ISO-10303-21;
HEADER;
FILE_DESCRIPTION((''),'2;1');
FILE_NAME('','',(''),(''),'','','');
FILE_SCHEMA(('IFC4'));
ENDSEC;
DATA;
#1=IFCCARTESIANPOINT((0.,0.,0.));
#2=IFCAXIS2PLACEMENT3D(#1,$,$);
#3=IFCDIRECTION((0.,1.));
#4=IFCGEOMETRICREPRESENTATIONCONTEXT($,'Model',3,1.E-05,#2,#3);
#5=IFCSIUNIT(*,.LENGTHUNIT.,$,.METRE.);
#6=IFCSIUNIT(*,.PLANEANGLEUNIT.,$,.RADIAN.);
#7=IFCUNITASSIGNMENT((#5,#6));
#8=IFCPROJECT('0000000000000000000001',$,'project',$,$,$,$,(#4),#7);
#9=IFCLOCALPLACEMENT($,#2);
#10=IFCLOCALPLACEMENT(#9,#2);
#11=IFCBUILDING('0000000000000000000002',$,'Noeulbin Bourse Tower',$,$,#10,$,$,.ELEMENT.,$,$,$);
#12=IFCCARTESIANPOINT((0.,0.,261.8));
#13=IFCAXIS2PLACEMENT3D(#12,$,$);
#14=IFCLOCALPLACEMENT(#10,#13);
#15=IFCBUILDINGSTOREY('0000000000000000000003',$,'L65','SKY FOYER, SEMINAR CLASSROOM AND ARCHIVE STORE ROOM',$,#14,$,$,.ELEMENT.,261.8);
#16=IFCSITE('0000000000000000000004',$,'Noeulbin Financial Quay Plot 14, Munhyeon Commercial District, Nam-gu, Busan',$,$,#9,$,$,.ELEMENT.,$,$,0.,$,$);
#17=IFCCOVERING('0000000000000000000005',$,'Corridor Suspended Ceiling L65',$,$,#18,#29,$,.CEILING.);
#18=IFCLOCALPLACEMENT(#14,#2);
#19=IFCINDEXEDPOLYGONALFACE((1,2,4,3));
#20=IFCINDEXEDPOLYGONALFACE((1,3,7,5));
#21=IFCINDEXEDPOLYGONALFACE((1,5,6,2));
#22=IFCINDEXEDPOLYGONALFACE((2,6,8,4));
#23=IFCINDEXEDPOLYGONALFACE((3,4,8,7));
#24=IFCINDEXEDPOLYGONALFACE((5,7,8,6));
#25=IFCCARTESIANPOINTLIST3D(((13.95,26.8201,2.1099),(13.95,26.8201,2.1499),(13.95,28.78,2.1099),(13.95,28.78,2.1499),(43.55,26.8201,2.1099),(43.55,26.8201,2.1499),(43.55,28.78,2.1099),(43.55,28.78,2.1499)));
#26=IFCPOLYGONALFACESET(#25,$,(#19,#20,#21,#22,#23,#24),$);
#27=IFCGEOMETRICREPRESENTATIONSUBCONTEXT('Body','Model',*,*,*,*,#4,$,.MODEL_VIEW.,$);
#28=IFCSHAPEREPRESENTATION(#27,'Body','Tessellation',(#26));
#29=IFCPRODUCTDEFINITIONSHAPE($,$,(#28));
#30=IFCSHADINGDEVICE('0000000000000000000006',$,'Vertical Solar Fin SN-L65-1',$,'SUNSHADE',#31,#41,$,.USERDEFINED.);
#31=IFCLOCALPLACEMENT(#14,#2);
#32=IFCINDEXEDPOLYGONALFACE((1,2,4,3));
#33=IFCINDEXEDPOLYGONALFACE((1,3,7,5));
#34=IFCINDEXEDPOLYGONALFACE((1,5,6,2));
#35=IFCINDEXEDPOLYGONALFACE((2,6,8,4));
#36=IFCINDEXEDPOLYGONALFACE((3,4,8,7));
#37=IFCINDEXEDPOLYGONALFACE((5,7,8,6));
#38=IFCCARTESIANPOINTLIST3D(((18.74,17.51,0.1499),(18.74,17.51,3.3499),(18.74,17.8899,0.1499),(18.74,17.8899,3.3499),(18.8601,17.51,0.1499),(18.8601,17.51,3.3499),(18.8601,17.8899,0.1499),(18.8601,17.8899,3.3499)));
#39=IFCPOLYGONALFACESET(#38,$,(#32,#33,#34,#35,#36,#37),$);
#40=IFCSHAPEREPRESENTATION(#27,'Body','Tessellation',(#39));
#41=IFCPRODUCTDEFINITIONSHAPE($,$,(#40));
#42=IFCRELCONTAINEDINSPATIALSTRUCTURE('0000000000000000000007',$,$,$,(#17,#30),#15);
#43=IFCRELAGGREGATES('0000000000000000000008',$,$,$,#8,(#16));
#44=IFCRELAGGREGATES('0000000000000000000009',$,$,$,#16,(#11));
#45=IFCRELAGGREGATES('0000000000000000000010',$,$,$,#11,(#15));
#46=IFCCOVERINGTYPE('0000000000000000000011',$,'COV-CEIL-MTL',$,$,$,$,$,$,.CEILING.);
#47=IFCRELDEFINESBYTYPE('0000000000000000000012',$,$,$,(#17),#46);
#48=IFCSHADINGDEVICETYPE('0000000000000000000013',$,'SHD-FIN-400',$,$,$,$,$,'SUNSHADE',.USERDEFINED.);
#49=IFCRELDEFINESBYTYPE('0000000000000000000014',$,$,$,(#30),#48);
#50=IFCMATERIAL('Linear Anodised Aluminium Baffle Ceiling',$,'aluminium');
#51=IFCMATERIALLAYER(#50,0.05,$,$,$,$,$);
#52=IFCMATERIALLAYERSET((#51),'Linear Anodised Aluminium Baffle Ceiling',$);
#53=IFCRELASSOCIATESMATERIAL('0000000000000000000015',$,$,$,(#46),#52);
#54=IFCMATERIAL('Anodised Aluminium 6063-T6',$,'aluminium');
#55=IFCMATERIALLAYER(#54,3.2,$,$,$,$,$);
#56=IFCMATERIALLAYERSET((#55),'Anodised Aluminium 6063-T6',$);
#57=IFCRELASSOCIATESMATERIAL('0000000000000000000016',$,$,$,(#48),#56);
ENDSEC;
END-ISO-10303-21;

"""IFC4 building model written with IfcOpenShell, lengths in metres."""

from ifc_helpers import new_model, si_unit, direction, frame, origin, origin_2d, place, context, subcontext, project, spatial, polyline, rectangle, outline, extrude, material, layer, layer_set, type_object, element, save


model = new_model("IFC4")

# Units and contexts
model_context = context("Model", 3, precision=1e-05, world=origin(), true_north=direction((0.0, 1.0)))
body_context = subcontext(model_context, "Body", "Model", "MODEL_VIEW")
ifc_project = project(units=[si_unit("LENGTHUNIT", "METRE"), si_unit("PLANEANGLEUNIT", "RADIAN")], contexts=[model_context])

# Site, building, storey
site_placement = place(None, origin())
site = spatial("IfcSite", under=ifc_project, at=site_placement, Name="Noeulbin Financial Quay Plot 14, Munhyeon Commercial District, Nam-gu, Busan", CompositionType="ELEMENT", RefElevation=0.0)
building_placement = place(site_placement, origin())
building = spatial("IfcBuilding", under=site, at=building_placement, Name="Noeulbin Bourse Tower", CompositionType="ELEMENT")
storey_placement = place(building_placement, frame((0.0, 0.0, 261.8)))
storey = spatial("IfcBuildingStorey", under=building, at=storey_placement, Name="L65", Description="SKY FOYER, SEMINAR CLASSROOM AND ARCHIVE STORE ROOM", CompositionType="ELEMENT", Elevation=261.8)

# Shared definitions
ifc_material_1 = material(Name="Anodised Aluminium 6063-T6", Category="aluminium")

# Covering
ifc_material_2 = material(Name="Linear Anodised Aluminium Baffle Ceiling", Category="aluminium")
ifc_layer_1 = layer(ifc_material_2, 0.05)
ifc_layer_set_1 = layer_set([ifc_layer_1], Name="Linear Anodised Aluminium Baffle Ceiling")
covering_type_1 = type_object("IfcCoveringType", Name="COV-CEIL-MTL", PredefinedType="CEILING", material=ifc_layer_set_1)
covering_1_placement = place(storey_placement, frame((0.0, 0.0, 2.1099)))
element("IfcCovering", 1, at=covering_1_placement, inside=storey, type_object=covering_type_1, Name="Corridor Suspended Ceiling L65", PredefinedType="CEILING", context=body_context, shape_type="SweptSolid", body=[
    extrude(outline(polyline([(13.95, 26.8201), (43.55, 26.8201), (43.55, 28.78), (13.95, 28.78), (13.95, 26.8201)])), origin(), (0.0, 0.0, 1.0), 0.04),
])

# Shading device
ifc_layer_2 = layer(ifc_material_1, 3.2)
ifc_layer_set_2 = layer_set([ifc_layer_2], Name="Anodised Aluminium 6063-T6")
shading_device_type = type_object("IfcShadingDeviceType", Name="SHD-FIN-400", ElementType="SUNSHADE", PredefinedType="USERDEFINED", material=ifc_layer_set_2)
shading_device_placement = place(storey_placement, frame((18.8, 17.7, 0.1499), z_axis=(0.0, 0.0, 1.0), x_axis=(1.0, 0.0, 0.0)))
element("IfcShadingDevice", 2, at=shading_device_placement, inside=storey, type_object=shading_device_type, Name="Vertical Solar Fin SN-L65-1", ObjectType="SUNSHADE", PredefinedType="USERDEFINED", context=body_context, shape_type="SweptSolid", body=[
    extrude(rectangle(XDim=0.1201, YDim=0.3799, at=origin_2d()), origin(), (0.0, 0.0, 1.0), 3.2),
])

save(model, "model.ifc")
